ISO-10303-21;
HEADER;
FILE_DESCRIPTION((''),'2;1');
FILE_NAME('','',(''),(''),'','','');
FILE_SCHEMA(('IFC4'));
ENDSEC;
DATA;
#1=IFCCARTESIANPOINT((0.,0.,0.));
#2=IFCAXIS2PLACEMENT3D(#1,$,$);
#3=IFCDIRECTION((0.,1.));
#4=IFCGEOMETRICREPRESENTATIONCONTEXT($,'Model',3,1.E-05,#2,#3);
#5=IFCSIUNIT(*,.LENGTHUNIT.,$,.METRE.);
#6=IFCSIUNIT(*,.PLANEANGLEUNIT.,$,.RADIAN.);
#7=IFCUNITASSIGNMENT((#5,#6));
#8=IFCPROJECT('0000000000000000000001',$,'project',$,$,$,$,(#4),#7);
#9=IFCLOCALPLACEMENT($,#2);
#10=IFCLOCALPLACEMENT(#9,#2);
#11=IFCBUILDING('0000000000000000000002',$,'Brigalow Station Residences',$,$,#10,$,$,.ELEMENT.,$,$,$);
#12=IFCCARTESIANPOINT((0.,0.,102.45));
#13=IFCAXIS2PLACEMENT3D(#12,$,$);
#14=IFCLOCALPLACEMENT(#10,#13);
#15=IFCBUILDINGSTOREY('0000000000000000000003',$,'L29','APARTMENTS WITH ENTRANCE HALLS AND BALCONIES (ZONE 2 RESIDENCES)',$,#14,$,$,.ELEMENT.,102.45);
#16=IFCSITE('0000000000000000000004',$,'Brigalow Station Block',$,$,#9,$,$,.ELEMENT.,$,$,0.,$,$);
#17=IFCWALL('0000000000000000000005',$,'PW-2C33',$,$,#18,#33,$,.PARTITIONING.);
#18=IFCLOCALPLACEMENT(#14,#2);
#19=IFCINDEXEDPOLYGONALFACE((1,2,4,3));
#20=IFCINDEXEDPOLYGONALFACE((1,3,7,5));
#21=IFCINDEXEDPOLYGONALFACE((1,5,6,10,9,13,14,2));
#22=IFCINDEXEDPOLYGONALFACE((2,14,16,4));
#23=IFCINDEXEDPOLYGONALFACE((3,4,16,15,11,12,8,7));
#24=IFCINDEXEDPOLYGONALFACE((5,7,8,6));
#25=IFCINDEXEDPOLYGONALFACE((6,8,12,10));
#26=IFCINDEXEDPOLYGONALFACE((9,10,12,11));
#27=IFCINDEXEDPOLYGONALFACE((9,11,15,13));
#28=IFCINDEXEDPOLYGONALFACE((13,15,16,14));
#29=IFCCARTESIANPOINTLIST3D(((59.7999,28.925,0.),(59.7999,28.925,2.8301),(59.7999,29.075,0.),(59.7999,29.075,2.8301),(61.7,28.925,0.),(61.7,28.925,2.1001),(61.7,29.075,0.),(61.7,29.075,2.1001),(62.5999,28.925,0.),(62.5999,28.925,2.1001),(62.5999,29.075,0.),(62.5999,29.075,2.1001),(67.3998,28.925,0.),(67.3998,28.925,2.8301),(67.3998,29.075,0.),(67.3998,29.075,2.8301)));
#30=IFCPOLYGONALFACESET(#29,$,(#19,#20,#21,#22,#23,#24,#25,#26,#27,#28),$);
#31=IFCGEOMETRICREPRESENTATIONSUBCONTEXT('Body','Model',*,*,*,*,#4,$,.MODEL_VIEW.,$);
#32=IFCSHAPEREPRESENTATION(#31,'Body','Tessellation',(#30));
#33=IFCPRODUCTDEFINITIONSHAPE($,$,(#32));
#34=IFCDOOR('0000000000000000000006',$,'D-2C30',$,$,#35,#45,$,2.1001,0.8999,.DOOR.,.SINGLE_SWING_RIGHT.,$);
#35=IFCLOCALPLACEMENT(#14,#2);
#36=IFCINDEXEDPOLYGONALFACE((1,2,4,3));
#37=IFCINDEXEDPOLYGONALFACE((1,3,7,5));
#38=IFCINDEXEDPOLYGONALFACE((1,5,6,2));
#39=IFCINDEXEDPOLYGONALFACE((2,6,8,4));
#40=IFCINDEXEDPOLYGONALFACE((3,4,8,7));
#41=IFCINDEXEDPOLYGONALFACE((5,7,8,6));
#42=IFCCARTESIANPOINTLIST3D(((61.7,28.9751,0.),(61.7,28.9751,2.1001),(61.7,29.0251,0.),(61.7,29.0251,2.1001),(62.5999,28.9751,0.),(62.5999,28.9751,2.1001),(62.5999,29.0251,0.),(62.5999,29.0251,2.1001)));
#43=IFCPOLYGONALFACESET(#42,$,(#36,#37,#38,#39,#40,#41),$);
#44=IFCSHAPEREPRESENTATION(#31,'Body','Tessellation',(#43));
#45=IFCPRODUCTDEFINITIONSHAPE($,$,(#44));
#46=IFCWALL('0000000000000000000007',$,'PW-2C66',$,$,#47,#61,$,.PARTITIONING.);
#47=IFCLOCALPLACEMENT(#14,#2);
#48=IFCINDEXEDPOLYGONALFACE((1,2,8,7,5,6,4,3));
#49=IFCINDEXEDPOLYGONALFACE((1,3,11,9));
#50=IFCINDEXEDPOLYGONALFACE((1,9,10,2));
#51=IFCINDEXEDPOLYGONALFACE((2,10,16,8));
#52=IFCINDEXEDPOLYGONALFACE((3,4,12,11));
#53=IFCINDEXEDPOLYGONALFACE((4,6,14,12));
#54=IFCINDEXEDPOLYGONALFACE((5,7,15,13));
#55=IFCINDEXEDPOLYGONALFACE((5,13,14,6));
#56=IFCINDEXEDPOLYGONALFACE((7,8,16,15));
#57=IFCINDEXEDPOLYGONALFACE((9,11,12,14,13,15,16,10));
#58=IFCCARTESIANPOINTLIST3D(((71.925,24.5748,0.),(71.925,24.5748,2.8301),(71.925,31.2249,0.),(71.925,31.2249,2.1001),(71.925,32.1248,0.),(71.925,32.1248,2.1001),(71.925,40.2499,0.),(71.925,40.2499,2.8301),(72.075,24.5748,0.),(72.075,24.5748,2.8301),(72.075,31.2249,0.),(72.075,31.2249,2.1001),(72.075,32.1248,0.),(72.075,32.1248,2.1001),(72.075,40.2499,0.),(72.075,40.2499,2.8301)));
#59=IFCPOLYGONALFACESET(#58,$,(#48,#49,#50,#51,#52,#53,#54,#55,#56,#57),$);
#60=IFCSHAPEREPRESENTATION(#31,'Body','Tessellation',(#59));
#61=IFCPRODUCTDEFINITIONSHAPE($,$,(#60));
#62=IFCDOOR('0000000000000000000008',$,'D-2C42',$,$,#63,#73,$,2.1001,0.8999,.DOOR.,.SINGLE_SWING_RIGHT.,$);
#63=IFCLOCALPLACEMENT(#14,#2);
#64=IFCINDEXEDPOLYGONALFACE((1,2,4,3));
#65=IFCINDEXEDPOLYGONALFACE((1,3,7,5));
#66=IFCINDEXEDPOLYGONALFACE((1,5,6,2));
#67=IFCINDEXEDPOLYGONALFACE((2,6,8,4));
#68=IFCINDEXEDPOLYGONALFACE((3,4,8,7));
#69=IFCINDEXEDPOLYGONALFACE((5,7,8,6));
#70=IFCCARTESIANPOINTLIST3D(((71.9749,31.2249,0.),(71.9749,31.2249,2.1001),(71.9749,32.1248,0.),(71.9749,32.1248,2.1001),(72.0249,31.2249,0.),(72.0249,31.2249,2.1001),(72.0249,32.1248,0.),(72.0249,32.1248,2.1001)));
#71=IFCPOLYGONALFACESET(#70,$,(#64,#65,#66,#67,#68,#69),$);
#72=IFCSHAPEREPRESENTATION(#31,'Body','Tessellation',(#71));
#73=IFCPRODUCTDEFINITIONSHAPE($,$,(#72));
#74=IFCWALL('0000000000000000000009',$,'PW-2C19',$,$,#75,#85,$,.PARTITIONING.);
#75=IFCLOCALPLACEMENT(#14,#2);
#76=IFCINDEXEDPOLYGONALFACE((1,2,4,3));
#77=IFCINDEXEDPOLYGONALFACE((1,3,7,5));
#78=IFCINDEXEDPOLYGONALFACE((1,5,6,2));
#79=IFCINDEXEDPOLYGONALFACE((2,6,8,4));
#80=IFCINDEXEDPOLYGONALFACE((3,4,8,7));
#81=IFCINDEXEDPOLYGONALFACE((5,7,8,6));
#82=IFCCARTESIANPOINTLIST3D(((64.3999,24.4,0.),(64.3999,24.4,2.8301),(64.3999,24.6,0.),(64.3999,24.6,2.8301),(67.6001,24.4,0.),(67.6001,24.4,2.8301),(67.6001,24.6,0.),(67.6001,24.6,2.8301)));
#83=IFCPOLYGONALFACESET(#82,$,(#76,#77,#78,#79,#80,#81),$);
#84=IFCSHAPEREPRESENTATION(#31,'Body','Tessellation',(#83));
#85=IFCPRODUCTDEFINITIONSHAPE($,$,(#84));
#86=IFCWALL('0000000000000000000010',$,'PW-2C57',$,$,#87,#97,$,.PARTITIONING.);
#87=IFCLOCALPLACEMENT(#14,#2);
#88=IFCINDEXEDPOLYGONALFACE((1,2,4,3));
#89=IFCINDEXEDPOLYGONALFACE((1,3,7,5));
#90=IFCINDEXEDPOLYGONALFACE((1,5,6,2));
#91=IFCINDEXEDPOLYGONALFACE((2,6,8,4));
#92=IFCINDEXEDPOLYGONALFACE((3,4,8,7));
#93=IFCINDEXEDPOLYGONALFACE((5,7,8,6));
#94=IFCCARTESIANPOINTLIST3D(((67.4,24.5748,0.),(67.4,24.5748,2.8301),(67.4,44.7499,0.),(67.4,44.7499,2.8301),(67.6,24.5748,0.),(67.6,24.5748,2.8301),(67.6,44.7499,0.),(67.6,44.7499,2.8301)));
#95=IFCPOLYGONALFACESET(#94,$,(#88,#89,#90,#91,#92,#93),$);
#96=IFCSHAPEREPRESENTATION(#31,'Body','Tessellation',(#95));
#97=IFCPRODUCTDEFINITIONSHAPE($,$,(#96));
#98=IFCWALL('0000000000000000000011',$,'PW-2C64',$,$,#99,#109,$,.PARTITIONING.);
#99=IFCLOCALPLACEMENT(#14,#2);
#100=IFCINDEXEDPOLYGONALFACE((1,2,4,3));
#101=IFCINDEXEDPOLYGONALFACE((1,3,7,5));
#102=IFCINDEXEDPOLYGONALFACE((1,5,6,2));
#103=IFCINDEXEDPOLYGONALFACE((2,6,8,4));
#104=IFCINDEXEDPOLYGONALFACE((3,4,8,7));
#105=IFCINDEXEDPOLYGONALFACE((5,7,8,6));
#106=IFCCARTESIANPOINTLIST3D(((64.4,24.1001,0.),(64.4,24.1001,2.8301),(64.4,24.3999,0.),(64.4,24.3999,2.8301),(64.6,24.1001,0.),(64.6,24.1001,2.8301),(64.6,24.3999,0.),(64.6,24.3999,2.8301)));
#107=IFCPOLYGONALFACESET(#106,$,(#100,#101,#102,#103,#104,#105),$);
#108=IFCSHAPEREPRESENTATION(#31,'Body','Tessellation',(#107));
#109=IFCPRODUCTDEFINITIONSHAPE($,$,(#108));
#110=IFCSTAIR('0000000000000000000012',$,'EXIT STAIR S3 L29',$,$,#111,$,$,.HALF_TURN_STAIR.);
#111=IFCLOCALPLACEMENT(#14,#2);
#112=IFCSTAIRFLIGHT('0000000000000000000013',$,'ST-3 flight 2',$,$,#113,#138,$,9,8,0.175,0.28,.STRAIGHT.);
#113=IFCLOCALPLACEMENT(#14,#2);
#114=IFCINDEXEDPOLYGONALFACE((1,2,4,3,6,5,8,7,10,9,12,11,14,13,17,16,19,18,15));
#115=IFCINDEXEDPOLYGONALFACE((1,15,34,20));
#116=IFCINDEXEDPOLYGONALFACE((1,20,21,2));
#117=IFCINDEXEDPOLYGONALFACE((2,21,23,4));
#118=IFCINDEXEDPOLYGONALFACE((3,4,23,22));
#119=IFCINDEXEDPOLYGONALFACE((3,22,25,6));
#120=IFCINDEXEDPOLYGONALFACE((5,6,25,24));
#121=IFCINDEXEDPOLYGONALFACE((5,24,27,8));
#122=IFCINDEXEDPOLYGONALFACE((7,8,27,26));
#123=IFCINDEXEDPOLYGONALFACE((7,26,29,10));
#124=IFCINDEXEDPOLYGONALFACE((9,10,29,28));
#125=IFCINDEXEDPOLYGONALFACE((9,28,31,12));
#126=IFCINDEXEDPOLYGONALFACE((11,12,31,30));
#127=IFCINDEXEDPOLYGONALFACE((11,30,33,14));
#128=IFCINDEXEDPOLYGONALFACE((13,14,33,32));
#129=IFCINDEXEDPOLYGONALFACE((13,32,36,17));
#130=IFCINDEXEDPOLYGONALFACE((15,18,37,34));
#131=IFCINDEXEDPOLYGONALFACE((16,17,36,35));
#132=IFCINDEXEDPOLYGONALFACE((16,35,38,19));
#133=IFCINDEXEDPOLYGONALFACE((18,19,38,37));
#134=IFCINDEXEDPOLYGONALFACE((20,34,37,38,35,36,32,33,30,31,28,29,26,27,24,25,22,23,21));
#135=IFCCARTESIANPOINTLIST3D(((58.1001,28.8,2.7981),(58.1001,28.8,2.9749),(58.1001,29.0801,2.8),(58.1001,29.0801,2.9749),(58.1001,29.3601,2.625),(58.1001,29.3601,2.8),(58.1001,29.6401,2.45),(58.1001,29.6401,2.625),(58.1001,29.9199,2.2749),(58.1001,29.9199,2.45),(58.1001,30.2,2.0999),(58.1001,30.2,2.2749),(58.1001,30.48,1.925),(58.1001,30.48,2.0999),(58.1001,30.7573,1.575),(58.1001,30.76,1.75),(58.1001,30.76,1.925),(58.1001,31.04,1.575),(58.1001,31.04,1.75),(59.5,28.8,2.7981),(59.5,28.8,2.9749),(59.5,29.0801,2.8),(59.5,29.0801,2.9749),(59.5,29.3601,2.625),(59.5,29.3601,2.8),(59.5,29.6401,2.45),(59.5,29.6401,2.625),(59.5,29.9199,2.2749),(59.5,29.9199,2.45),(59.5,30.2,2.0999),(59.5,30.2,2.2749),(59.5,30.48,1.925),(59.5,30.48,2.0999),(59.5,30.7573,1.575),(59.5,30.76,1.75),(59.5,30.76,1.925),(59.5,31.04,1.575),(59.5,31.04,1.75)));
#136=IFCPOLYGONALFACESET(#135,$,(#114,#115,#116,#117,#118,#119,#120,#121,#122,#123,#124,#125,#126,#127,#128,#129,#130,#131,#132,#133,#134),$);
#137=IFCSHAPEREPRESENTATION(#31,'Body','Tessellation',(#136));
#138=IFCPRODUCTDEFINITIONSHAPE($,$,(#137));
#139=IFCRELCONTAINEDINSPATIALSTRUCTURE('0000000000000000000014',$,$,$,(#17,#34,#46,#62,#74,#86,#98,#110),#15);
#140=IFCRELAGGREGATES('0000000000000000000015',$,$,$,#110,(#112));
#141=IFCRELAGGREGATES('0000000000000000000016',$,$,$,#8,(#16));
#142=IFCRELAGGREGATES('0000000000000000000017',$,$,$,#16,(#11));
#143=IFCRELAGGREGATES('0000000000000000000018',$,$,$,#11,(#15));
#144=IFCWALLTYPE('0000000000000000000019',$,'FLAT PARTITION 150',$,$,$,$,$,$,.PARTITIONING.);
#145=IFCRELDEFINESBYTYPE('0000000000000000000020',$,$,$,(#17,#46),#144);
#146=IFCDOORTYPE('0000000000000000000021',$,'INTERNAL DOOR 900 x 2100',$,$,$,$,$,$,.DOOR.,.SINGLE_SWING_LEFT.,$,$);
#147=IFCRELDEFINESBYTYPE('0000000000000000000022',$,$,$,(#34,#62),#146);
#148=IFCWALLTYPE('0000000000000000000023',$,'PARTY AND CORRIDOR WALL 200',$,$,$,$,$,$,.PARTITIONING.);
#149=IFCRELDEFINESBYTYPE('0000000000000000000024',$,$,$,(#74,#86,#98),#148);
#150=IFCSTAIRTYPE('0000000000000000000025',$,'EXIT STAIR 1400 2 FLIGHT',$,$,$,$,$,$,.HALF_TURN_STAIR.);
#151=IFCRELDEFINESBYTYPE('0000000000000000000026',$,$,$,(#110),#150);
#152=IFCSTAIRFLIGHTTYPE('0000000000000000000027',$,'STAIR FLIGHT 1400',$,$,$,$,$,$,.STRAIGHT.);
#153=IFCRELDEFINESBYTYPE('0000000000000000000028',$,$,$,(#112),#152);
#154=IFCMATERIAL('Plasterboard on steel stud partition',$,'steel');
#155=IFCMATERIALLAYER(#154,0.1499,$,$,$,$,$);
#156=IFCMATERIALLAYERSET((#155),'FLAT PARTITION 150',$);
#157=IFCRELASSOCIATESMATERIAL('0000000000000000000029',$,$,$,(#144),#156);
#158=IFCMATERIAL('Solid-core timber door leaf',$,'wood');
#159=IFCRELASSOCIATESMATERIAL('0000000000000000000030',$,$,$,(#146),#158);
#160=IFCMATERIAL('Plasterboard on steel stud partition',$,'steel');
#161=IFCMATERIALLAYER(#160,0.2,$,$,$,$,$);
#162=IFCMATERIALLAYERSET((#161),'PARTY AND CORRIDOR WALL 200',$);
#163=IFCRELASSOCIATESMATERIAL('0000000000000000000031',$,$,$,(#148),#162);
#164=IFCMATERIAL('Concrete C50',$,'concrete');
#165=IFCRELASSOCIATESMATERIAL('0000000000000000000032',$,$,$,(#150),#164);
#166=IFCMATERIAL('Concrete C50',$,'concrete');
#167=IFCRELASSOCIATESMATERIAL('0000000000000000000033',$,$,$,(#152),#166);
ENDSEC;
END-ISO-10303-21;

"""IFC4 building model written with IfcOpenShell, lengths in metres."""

from ifc_helpers import new_model, si_unit, direction, frame, frame_2d, origin, place, context, subcontext, project, spatial, polyline, rectangle, outline, extrude, material, layer, layer_set, type_object, element, fill, aggregate, save


model = new_model("IFC4")

# Units and contexts
model_context = context("Model", 3, precision=1e-05, world=origin(), true_north=direction((0.0, 1.0)))
body_context = subcontext(model_context, "Body", "Model", "MODEL_VIEW")
ifc_project = project(units=[si_unit("LENGTHUNIT", "METRE"), si_unit("PLANEANGLEUNIT", "RADIAN")], contexts=[model_context])

# Site, building, storey
site_placement = place(None, origin())
site = spatial("IfcSite", under=ifc_project, at=site_placement, Name="Brigalow Station Block", CompositionType="ELEMENT", RefElevation=0.0)
building_placement = place(site_placement, origin())
building = spatial("IfcBuilding", under=site, at=building_placement, Name="Brigalow Station Residences", CompositionType="ELEMENT")
storey_placement = place(building_placement, frame((0.0, 0.0, 102.45)))
storey = spatial("IfcBuildingStorey", under=building, at=storey_placement, Name="L29", Description="APARTMENTS WITH ENTRANCE HALLS AND BALCONIES (ZONE 2 RESIDENCES)", CompositionType="ELEMENT", Elevation=102.45)

# Shared definitions
ifc_material_1 = material(Name="Plasterboard on steel stud partition", Category="steel")
ifc_layer_1 = layer(ifc_material_1, 0.1499)
ifc_layer_set_1 = layer_set([ifc_layer_1], Name="FLAT PARTITION 150")
wall_type_1 = type_object("IfcWallType", Name="FLAT PARTITION 150", PredefinedType="PARTITIONING", material=ifc_layer_set_1)

# Walls, openings, doors
wall_1_placement = place(storey_placement, frame((59.8, 29.0, 0.0), z_axis=(0.0, 0.0, 1.0), x_axis=(1.0, 0.0, 0.0)))
wall_1 = element("IfcWall", 1, at=wall_1_placement, inside=storey, type_object=wall_type_1, Name="PW-2C33", PredefinedType="PARTITIONING", context=body_context, shape_type="SweptSolid", body=[
    extrude(rectangle(XDim=7.5999, YDim=0.1499, at=frame_2d((3.7998, 0.0))), origin(), (0.0, 0.0, 1.0), 2.8301),
])
opening_1_placement = place(wall_1_placement, frame((1.8999, 0.0, 0.0)))
opening_1 = element("IfcOpeningElement", 2, at=opening_1_placement, cuts=wall_1, PredefinedType="OPENING", context=body_context, shape_type="SweptSolid", body=[
    extrude(rectangle(XDim=0.8999, YDim=2.1001, at=frame_2d((0.45, 1.05))), frame((0.0, 0.085, 0.0), z_axis=(0.0, -1.0, 0.0), x_axis=(1.0, 0.0, 0.0)), (0.0, 0.0, 1.0), 0.1699),
])
ifc_material_2 = material(Name="Solid-core timber door leaf", Category="wood")
door_type_1 = type_object("IfcDoorType", Name="INTERNAL DOOR 900 x 2100", OperationType="SINGLE_SWING_LEFT", PredefinedType="DOOR", material=ifc_material_2)
door_1_placement = place(opening_1_placement, frame((0.8999, 0.0, 0.0), z_axis=(0.0, 0.0, 1.0), x_axis=(-1.0, 0.0, 0.0)))
door_1 = element("IfcDoor", 3, at=door_1_placement, inside=storey, type_object=door_type_1, Name="D-2C30", OperationType="SINGLE_SWING_RIGHT", OverallHeight=2.1001, OverallWidth=0.8999, PredefinedType="DOOR", context=body_context, shape_type="SweptSolid", body=[
    extrude(rectangle(XDim=0.8999, YDim=2.1001, at=frame_2d((0.45, 1.05))), frame((0.0, 0.0249, 0.0), z_axis=(0.0, -1.0, 0.0), x_axis=(1.0, 0.0, 0.0)), (0.0, 0.0, 1.0), 0.05),
])
fill(opening_1, door_1)
wall_2_placement = place(storey_placement, frame((72.0, 24.575, 0.0), z_axis=(0.0, 0.0, 1.0), x_axis=(0.0, 1.0, 0.0)))
wall_2 = element("IfcWall", 4, at=wall_2_placement, inside=storey, type_object=wall_type_1, Name="PW-2C66", PredefinedType="PARTITIONING", context=body_context, shape_type="SweptSolid", body=[
    extrude(rectangle(XDim=15.675, YDim=0.1499, at=frame_2d((7.8374, 0.0))), origin(), (0.0, 0.0, 1.0), 2.8301),
])
opening_2_placement = place(wall_2_placement, frame((6.6499, 0.0, 0.0)))
opening_2 = element("IfcOpeningElement", 5, at=opening_2_placement, cuts=wall_2, PredefinedType="OPENING", context=body_context, shape_type="SweptSolid", body=[
    extrude(rectangle(XDim=0.8999, YDim=2.1001, at=frame_2d((0.45, 1.05))), frame((0.0, 0.085, 0.0), z_axis=(0.0, -1.0, 0.0), x_axis=(1.0, 0.0, 0.0)), (0.0, 0.0, 1.0), 0.1699),
])
door_2_placement = place(opening_2_placement, frame((0.8999, 0.0, 0.0), z_axis=(0.0, 0.0, 1.0), x_axis=(-1.0, 0.0, 0.0)))
door_2 = element("IfcDoor", 6, at=door_2_placement, inside=storey, type_object=door_type_1, Name="D-2C42", OperationType="SINGLE_SWING_RIGHT", OverallHeight=2.1001, OverallWidth=0.8999, PredefinedType="DOOR", context=body_context, shape_type="SweptSolid", body=[
    extrude(rectangle(XDim=0.8999, YDim=2.1001, at=frame_2d((0.45, 1.05))), frame((0.0, 0.0249, 0.0), z_axis=(0.0, -1.0, 0.0), x_axis=(1.0, 0.0, 0.0)), (0.0, 0.0, 1.0), 0.05),
])
fill(opening_2, door_2)

# Walls
ifc_material_3 = material(Name="Plasterboard on steel stud partition", Category="steel")
ifc_layer_2 = layer(ifc_material_3, 0.2)
ifc_layer_set_2 = layer_set([ifc_layer_2], Name="PARTY AND CORRIDOR WALL 200")
wall_type_2 = type_object("IfcWallType", Name="PARTY AND CORRIDOR WALL 200", PredefinedType="PARTITIONING", material=ifc_layer_set_2)
wall_3_placement = place(storey_placement, frame((64.3999, 24.5, 0.0), z_axis=(0.0, 0.0, 1.0), x_axis=(1.0, 0.0, 0.0)))
element("IfcWall", 7, at=wall_3_placement, inside=storey, type_object=wall_type_2, Name="PW-2C19", PredefinedType="PARTITIONING", context=body_context, shape_type="SweptSolid", body=[
    extrude(rectangle(XDim=3.2002, YDim=0.2, at=frame_2d((1.6001, 0.0))), origin(), (0.0, 0.0, 1.0), 2.8301),
])
wall_4_placement = place(storey_placement, frame((67.5, 24.575, 0.0), z_axis=(0.0, 0.0, 1.0), x_axis=(0.0, 1.0, 0.0)))
element("IfcWall", 8, at=wall_4_placement, inside=storey, type_object=wall_type_2, Name="PW-2C57", PredefinedType="PARTITIONING", context=body_context, shape_type="SweptSolid", body=[
    extrude(rectangle(XDim=20.175, YDim=0.2, at=frame_2d((10.0874, 0.0))), origin(), (0.0, 0.0, 1.0), 2.8301),
])
wall_5_placement = place(storey_placement, frame((64.5, 24.1001, 0.0), z_axis=(0.0, 0.0, 1.0), x_axis=(0.0, 1.0, 0.0)))
element("IfcWall", 9, at=wall_5_placement, inside=storey, type_object=wall_type_2, Name="PW-2C64", PredefinedType="PARTITIONING", context=body_context, shape_type="SweptSolid", body=[
    extrude(rectangle(XDim=0.2998, YDim=0.2, at=frame_2d((0.1499, 0.0))), origin(), (0.0, 0.0, 1.0), 2.8301),
])

# Stair, stair flight
ifc_material_4 = material(Name="Concrete C50", Category="concrete")
stair_type = type_object("IfcStairType", Name="EXIT STAIR 1400 2 FLIGHT", PredefinedType="HALF_TURN_STAIR", material=ifc_material_4)
stair_placement = place(storey_placement, origin())
stair = element("IfcStair", 10, at=stair_placement, inside=storey, type_object=stair_type, Name="EXIT STAIR S3 L29", PredefinedType="HALF_TURN_STAIR")
ifc_material_5 = material(Name="Concrete C50", Category="concrete")
stair_flight_type = type_object("IfcStairFlightType", Name="STAIR FLIGHT 1400", PredefinedType="STRAIGHT", material=ifc_material_5)
stair_flight_placement = place(storey_placement, frame((58.8, 31.04, 1.575), z_axis=(0.0, 0.0, 1.0), x_axis=(0.0, -1.0, 0.0)))
stair_flight = element("IfcStairFlight", 11, at=stair_flight_placement, type_object=stair_flight_type, Name="ST-3 flight 2", NumberOfRisers=9, NumberOfTreads=8, PredefinedType="STRAIGHT", RiserHeight=0.175, TreadLength=0.28, context=body_context, shape_type="SweptSolid", body=[
    extrude(outline(polyline([(0.0, 0.0), (0.0, 0.175), (0.28, 0.175), (0.28, 0.3501), (0.5601, 0.3501), (0.5601, 0.5249), (0.8401, 0.5249), (0.8401, 0.7), (1.1201, 0.7), (1.1201, 0.875), (1.3999, 0.875), (1.3999, 1.05), (1.6799, 1.05), (1.6799, 1.2251), (1.96, 1.2251), (1.96, 1.3999), (2.24, 1.3999), (2.24, 1.575), (2.24, 1.2231), (0.2827, 0.0), (0.0, 0.0)])), frame((0.0, 0.7, 0.0), z_axis=(0.0, -1.0, 0.0), x_axis=(1.0, 0.0, 0.0)), (0.0, 0.0, 1.0), 1.3999),
])
aggregate(stair, [stair_flight])

save(model, "model.ifc")
